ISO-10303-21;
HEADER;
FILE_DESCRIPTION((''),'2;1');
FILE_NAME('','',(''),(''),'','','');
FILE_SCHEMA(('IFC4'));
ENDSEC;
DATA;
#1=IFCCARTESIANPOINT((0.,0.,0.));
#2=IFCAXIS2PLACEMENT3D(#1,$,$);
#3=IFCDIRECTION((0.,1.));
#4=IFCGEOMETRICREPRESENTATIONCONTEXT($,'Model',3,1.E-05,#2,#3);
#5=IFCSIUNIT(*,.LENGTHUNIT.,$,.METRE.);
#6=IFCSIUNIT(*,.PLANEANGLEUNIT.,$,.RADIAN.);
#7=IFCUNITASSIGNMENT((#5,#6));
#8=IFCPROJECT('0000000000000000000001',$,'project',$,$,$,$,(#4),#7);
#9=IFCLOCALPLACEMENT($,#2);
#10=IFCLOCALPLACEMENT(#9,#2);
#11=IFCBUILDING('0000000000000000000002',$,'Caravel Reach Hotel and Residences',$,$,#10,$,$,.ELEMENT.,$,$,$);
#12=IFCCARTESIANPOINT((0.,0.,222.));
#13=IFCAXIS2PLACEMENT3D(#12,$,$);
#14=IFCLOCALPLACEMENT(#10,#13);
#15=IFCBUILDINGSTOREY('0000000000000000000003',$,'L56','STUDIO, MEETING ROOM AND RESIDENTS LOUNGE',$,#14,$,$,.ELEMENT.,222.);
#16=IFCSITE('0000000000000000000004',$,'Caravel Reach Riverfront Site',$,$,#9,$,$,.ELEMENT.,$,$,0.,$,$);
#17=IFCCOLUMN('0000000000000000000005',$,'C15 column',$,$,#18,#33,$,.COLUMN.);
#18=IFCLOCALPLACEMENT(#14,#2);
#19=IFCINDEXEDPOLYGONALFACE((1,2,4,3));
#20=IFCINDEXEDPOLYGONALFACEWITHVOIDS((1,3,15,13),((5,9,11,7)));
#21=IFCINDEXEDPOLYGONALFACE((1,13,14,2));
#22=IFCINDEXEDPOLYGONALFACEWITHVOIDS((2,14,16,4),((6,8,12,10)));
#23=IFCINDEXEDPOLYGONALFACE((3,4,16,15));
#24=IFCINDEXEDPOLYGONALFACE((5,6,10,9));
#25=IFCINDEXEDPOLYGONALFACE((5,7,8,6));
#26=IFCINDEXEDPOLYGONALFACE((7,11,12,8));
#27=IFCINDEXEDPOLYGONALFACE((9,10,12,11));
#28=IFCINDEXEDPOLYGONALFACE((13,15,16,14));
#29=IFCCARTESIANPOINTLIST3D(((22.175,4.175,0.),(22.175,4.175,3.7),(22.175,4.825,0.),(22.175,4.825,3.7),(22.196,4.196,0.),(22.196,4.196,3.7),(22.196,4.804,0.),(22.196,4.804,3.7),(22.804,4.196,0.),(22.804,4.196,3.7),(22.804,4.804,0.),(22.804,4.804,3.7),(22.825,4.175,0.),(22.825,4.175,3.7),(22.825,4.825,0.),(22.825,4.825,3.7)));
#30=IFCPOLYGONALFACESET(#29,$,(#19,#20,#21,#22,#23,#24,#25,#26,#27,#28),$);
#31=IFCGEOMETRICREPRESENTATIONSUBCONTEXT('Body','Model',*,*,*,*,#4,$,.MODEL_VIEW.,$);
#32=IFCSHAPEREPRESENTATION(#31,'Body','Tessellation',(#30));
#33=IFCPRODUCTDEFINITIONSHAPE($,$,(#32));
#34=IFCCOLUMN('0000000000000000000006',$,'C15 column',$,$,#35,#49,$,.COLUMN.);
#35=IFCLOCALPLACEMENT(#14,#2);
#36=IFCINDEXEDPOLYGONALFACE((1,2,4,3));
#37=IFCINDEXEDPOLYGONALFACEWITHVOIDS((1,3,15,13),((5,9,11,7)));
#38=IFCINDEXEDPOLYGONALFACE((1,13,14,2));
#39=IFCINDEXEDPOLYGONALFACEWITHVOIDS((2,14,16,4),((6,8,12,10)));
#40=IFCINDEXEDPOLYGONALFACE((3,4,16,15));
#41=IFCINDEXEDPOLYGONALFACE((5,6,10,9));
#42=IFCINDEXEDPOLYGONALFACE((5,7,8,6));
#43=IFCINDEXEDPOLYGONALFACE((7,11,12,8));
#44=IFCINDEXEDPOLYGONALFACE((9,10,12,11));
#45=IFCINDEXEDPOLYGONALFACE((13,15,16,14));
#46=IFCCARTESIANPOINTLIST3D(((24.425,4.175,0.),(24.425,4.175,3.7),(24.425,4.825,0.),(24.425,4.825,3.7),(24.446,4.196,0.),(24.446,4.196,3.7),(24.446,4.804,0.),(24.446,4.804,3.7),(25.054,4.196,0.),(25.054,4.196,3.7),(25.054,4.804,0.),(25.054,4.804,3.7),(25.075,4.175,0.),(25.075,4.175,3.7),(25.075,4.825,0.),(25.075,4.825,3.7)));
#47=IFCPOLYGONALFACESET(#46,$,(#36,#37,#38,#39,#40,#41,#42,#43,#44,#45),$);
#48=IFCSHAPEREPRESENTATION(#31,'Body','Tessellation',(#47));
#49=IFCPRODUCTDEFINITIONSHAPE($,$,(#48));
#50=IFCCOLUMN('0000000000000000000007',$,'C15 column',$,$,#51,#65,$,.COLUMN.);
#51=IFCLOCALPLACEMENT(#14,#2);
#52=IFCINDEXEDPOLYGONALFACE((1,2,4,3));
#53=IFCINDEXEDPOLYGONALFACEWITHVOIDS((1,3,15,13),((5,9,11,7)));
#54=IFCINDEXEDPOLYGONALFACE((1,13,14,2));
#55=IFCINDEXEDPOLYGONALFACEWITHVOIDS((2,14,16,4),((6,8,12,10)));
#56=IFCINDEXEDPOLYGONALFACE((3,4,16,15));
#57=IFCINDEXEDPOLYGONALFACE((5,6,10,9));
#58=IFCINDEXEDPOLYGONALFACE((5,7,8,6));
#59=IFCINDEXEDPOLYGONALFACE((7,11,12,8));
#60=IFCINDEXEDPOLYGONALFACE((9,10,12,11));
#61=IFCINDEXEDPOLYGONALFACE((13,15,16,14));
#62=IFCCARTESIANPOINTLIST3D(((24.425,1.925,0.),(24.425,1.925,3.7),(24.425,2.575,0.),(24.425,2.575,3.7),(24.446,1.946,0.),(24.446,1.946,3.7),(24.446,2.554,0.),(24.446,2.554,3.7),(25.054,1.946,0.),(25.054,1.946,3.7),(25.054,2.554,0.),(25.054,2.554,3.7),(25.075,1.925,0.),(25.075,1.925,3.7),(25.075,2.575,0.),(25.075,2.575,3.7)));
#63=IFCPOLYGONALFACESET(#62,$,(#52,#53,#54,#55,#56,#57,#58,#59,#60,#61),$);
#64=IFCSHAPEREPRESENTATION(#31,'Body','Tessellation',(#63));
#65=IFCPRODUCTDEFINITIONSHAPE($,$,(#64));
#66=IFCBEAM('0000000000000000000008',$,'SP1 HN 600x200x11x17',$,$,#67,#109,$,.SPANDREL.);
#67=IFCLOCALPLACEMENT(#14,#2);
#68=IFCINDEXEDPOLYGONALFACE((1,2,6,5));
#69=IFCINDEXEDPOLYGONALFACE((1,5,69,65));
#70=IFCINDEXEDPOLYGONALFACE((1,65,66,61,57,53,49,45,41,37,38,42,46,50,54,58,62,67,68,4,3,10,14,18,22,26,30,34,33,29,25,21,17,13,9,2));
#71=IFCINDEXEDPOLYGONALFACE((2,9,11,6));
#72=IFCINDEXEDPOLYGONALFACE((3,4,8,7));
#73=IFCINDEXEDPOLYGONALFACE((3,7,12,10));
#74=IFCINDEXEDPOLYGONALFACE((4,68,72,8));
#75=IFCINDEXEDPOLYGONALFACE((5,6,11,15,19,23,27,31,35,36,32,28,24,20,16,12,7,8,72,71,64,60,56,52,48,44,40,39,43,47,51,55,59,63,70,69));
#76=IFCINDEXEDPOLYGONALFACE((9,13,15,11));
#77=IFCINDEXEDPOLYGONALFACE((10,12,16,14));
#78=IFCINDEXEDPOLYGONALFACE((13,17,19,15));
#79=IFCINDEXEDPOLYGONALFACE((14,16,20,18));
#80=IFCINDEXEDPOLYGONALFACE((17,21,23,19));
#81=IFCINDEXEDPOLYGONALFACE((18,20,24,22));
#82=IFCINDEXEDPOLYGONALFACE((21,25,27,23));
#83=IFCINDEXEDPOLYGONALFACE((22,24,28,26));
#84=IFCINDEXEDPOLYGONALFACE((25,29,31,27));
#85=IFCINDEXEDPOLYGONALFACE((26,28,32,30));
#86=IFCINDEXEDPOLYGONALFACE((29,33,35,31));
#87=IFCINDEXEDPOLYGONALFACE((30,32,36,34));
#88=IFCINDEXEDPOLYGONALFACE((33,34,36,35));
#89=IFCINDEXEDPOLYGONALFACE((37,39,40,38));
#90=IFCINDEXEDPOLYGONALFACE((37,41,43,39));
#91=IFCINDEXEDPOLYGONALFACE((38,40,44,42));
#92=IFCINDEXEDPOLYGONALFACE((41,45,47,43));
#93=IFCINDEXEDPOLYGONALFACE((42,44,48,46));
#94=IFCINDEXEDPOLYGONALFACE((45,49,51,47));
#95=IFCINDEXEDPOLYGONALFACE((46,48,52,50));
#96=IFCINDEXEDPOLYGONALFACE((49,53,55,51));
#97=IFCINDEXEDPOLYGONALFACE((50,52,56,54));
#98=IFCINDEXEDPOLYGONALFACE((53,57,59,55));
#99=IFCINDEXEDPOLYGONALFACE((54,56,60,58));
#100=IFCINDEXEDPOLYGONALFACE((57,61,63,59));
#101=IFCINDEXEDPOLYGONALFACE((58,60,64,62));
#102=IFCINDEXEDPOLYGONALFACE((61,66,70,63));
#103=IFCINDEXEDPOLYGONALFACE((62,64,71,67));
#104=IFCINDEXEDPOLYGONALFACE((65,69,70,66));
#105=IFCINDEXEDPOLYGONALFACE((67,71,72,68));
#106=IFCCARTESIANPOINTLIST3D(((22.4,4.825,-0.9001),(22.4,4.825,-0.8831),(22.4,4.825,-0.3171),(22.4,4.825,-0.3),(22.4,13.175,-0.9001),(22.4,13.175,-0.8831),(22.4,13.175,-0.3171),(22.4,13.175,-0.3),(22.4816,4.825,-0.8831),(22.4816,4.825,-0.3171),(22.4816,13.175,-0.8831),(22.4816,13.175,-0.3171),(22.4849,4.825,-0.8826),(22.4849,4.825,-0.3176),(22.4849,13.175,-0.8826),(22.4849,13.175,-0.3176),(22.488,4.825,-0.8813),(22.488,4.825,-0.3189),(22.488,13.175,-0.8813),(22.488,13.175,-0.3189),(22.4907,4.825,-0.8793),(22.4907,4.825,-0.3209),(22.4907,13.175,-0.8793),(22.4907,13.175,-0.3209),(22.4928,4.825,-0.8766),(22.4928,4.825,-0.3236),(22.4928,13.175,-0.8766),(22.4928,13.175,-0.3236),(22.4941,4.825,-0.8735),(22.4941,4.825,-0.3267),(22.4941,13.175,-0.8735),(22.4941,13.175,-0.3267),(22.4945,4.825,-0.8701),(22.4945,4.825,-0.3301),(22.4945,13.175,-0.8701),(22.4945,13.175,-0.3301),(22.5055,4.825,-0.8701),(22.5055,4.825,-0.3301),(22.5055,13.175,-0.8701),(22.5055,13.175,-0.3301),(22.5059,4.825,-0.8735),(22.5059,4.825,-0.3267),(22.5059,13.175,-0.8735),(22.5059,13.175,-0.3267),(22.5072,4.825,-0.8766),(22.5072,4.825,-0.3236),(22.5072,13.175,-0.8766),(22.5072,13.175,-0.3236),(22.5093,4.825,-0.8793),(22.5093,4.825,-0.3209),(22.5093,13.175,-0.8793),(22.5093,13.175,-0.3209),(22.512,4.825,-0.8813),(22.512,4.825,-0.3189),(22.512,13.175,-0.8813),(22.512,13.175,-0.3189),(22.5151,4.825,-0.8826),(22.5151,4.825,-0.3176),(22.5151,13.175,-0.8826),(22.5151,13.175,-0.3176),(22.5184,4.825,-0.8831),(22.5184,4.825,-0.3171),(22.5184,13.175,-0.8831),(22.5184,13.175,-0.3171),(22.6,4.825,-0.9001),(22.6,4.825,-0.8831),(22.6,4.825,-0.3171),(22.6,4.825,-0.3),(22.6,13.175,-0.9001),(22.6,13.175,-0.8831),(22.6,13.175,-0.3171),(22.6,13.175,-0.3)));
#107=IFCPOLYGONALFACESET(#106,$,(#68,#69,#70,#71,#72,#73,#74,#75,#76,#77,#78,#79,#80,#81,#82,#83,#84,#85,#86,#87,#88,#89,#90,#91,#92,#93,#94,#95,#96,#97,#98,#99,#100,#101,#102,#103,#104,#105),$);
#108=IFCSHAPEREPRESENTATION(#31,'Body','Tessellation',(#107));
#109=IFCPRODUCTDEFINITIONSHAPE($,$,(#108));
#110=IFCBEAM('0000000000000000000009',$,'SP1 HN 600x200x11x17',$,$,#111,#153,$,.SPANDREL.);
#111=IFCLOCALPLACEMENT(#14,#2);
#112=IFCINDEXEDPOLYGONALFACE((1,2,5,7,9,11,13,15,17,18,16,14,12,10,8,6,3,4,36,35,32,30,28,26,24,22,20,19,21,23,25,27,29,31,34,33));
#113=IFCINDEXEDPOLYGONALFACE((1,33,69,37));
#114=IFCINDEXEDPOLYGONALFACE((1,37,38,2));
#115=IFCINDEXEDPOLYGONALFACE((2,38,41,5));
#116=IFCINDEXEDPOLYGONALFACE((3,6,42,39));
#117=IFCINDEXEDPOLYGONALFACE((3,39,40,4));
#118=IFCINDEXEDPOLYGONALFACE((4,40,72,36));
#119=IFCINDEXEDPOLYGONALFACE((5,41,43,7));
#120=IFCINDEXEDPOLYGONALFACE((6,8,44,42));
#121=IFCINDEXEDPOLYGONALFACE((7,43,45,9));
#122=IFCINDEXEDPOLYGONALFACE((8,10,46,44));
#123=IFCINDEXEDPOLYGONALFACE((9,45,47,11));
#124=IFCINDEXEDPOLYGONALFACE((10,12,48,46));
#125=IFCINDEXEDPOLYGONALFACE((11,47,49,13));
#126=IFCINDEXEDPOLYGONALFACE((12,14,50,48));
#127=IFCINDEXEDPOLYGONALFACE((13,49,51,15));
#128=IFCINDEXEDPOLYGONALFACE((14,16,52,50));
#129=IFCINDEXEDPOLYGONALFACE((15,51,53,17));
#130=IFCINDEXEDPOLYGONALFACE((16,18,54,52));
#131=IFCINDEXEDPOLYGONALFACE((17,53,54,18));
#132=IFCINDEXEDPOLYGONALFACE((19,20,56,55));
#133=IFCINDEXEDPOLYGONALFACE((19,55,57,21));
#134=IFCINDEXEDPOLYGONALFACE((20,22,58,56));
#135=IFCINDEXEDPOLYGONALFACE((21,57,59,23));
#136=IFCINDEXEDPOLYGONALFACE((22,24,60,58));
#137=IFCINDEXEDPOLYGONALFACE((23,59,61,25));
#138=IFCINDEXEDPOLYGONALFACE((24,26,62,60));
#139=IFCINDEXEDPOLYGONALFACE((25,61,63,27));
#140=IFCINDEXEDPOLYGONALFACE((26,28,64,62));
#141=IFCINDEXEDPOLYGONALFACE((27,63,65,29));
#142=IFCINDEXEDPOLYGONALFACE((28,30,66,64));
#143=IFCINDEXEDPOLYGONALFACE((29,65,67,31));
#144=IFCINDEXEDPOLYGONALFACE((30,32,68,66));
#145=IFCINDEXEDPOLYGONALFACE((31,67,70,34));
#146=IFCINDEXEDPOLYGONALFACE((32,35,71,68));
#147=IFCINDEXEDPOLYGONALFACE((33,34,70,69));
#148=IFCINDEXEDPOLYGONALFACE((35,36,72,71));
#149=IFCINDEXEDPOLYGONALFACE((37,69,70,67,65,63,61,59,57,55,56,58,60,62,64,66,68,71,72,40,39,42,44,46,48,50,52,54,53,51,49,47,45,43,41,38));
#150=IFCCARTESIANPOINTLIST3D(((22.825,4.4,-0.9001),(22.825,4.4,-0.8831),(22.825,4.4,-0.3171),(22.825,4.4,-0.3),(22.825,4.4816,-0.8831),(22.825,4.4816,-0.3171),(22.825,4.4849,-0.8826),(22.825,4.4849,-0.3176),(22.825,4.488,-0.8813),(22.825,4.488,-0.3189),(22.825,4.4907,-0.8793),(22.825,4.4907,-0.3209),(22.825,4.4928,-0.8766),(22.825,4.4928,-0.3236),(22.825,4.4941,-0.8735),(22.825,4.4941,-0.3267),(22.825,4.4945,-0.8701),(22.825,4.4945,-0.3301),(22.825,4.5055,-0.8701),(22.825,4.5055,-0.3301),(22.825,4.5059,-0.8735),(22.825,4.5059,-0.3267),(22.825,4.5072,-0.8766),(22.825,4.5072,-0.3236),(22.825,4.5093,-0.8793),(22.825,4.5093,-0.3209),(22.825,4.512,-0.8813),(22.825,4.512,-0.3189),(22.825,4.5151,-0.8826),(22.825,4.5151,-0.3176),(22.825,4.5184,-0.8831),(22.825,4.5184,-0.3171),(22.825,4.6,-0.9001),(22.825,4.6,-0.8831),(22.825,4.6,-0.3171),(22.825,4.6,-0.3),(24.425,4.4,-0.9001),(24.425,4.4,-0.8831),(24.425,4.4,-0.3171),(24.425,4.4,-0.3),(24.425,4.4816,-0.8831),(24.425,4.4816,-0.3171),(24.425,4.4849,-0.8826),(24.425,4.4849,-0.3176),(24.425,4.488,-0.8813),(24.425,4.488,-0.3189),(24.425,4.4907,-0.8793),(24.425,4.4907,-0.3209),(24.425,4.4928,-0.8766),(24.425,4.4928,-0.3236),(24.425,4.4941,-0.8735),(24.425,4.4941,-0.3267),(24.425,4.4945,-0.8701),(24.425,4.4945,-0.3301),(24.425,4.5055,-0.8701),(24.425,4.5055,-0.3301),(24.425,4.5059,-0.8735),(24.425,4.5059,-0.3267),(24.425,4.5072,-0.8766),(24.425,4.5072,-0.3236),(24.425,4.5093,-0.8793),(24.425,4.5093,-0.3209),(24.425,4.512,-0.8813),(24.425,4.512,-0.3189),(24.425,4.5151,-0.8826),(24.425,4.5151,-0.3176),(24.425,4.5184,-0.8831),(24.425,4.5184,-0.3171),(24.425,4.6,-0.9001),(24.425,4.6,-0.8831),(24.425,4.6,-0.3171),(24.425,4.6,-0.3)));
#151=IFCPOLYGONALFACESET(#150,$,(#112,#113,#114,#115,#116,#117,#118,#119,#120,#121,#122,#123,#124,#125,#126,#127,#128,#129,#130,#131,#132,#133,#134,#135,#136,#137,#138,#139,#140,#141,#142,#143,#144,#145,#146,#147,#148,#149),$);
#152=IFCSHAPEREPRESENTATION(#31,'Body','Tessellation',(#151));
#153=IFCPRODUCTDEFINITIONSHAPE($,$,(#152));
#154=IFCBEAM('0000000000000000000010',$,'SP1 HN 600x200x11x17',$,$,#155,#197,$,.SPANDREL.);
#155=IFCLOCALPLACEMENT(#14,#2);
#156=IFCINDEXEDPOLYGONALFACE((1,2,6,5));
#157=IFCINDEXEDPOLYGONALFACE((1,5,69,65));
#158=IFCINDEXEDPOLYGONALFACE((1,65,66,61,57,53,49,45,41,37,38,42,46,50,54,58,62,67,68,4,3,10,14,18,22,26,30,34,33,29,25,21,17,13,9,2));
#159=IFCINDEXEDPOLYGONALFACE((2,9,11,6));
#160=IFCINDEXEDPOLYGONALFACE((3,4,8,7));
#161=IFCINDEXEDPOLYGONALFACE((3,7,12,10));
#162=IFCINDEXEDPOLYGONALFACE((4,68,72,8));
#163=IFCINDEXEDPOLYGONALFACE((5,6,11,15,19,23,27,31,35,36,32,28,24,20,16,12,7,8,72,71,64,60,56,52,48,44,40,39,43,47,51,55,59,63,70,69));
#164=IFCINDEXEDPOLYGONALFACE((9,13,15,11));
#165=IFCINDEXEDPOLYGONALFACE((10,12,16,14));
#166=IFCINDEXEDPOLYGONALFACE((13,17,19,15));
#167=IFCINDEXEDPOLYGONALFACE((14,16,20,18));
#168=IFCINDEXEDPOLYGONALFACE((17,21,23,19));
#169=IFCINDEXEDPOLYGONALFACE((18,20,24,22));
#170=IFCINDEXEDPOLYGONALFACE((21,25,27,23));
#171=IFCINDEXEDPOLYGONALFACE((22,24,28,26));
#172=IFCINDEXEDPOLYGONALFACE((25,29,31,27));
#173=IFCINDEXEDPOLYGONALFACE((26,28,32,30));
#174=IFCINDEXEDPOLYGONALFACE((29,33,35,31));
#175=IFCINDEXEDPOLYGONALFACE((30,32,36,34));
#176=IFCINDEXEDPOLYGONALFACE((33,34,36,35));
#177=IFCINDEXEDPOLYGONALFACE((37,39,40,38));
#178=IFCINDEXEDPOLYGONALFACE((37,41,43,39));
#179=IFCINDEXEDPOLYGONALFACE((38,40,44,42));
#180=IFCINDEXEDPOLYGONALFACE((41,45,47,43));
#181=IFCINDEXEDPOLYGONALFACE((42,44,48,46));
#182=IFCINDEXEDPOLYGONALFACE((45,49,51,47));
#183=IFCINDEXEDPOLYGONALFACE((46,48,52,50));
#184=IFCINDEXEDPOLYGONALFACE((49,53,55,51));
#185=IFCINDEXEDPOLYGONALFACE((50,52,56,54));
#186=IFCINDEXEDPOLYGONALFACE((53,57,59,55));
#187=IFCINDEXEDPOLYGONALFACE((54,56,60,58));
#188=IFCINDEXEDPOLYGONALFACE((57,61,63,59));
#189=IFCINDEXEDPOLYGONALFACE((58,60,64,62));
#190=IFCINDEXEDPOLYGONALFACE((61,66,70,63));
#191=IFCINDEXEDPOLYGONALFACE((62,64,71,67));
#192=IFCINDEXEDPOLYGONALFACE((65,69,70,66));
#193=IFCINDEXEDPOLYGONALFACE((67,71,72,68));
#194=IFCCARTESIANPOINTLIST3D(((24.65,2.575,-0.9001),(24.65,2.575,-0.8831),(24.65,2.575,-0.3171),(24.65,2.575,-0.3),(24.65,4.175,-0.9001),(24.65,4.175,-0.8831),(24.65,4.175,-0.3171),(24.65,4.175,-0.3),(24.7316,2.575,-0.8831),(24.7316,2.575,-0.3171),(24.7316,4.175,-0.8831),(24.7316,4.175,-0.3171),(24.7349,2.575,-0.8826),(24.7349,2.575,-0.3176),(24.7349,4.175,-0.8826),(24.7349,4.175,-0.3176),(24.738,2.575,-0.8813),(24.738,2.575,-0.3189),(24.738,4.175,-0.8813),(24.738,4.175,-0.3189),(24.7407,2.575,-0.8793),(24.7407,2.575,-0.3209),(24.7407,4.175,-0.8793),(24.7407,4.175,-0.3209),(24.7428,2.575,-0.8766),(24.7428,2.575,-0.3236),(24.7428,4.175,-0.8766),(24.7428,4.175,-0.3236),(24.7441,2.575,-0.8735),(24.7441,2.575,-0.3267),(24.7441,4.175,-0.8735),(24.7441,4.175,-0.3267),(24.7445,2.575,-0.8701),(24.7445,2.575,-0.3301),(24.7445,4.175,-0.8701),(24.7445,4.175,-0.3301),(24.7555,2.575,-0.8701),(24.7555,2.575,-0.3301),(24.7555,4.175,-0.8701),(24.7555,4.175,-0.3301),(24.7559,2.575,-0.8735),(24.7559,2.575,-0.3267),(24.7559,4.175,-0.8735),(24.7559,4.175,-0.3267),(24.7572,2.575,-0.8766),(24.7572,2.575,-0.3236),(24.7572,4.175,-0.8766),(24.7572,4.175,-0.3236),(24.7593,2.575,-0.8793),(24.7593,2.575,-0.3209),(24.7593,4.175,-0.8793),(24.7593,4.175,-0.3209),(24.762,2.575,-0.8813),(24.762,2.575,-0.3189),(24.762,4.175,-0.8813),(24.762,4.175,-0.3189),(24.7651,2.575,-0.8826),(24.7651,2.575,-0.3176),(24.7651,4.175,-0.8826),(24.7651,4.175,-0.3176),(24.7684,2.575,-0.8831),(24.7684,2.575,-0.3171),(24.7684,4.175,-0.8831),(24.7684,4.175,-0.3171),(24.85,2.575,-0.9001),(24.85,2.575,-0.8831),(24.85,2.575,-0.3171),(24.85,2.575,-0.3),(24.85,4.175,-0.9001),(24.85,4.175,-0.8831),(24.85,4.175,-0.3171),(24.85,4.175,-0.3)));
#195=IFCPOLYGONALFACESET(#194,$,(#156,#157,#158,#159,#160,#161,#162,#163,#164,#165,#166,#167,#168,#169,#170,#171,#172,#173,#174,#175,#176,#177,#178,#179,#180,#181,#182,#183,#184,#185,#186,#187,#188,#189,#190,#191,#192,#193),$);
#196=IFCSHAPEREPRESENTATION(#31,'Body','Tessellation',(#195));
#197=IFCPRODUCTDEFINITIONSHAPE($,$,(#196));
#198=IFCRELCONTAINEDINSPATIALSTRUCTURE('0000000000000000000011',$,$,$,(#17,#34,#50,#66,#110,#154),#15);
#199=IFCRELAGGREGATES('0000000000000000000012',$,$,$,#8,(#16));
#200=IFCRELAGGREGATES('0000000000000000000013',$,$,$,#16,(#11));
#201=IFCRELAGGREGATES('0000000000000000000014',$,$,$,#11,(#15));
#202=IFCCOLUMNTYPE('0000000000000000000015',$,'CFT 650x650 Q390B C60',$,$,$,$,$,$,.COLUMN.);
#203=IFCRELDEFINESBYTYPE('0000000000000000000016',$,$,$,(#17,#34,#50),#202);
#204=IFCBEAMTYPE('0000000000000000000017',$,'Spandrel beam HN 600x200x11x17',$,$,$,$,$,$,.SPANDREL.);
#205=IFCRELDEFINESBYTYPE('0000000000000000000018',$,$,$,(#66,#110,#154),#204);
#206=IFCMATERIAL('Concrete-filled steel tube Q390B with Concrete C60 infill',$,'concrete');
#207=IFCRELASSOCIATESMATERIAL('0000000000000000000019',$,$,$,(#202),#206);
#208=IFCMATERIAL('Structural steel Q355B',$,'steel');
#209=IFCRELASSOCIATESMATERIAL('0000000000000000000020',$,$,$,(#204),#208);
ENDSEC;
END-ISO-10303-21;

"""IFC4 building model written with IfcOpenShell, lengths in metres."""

from ifc_helpers import new_model, si_unit, direction, frame, origin, origin_2d, place, context, subcontext, project, spatial, hollow_rectangle, i_section, extrude, material, material_profile, profile_set, type_object, element, save


model = new_model("IFC4")

# Units and contexts
model_context = context("Model", 3, precision=1e-05, world=origin(), true_north=direction((0.0, 1.0)))
body_context = subcontext(model_context, "Body", "Model", "MODEL_VIEW")
ifc_project = project(units=[si_unit("LENGTHUNIT", "METRE"), si_unit("PLANEANGLEUNIT", "RADIAN")], contexts=[model_context])

# Site, building, storey
site_placement = place(None, origin())
site = spatial("IfcSite", under=ifc_project, at=site_placement, Name="Caravel Reach Riverfront Site", CompositionType="ELEMENT", RefElevation=0.0)
building_placement = place(site_placement, origin())
building = spatial("IfcBuilding", under=site, at=building_placement, Name="Caravel Reach Hotel and Residences", CompositionType="ELEMENT")
storey_placement = place(building_placement, frame((0.0, 0.0, 222.0)))
storey = spatial("IfcBuildingStorey", under=building, at=storey_placement, Name="L56", Description="STUDIO, MEETING ROOM AND RESIDENTS LOUNGE", CompositionType="ELEMENT", Elevation=222.0)

# Columns
ifc_material_1 = material(Name="Concrete-filled steel tube Q390B with Concrete C60 infill", Category="concrete")
ifc_material_profile_1 = material_profile(ifc_material_1, hollow_rectangle(XDim=0.6499, YDim=0.6499, WallThickness=0.021, at=origin_2d()), Name="RHS 650x650x21")
ifc_profile_set_1 = profile_set([ifc_material_profile_1], Name="Concrete-filled steel tube Q390B with Concrete C60 infill")
column_type = type_object("IfcColumnType", Name="CFT 650x650 Q390B C60", PredefinedType="COLUMN", material=ifc_profile_set_1)
for number, where, z_axis, x_axis, name in (
    (1, (22.5, 4.5, 0.0), (0.0, 0.0, 1.0), (1.0, 0.0, 0.0), "C15 column"),
    (2, (24.75, 4.5, 0.0), (0.0, 0.0, 1.0), (1.0, 0.0, 0.0), "C15 column"),
    (3, (24.75, 2.25, 0.0), (0.0, 0.0, 1.0), (1.0, 0.0, 0.0), "C15 column"),
):
    element("IfcColumn", number, at=place(storey_placement, frame(where, z_axis=z_axis, x_axis=x_axis)), inside=storey, type_object=column_type, Name=name, PredefinedType="COLUMN", context=body_context, shape_type="SweptSolid", body=[
        extrude(hollow_rectangle(XDim=0.6499, YDim=0.6499, WallThickness=0.021, at=origin_2d()), origin(), (0.0, 0.0, 1.0), 3.7),
    ])

# Beams
ifc_material_2 = material(Name="Structural steel Q355B", Category="steel")
ifc_material_profile_2 = material_profile(ifc_material_2, i_section(OverallWidth=0.2, OverallDepth=0.6001, WebThickness=0.011, FlangeThickness=0.0171, FilletRadius=0.0129, at=origin_2d()), Name="HN 600x200x11x17")
ifc_profile_set_2 = profile_set([ifc_material_profile_2], Name="Structural steel Q355B")
beam_type = type_object("IfcBeamType", Name="Spandrel beam HN 600x200x11x17", PredefinedType="SPANDREL", material=ifc_profile_set_2)
beam_placement = place(storey_placement, frame((22.5, 13.175, -0.6001), z_axis=(0.0, -1.0, 0.0), x_axis=(1.0, 0.0, 0.0)))
element("IfcBeam", 4, at=beam_placement, inside=storey, type_object=beam_type, Name="SP1 HN 600x200x11x17", PredefinedType="SPANDREL", context=body_context, shape_type="SweptSolid", body=[
    extrude(i_section(OverallWidth=0.2, OverallDepth=0.6001, WebThickness=0.011, FlangeThickness=0.0171, FilletRadius=0.0129, at=origin_2d()), origin(), (0.0, 0.0, 1.0), 8.3501),
])
for number, where, z_axis, x_axis, name in (
    (5, (22.825, 4.5, -0.6001), (1.0, 0.0, 0.0), (0.0, 1.0, 0.0), "SP1 HN 600x200x11x17"),
    (6, (24.75, 4.175, -0.6001), (0.0, -1.0, 0.0), (1.0, 0.0, 0.0), "SP1 HN 600x200x11x17"),
):
    element("IfcBeam", number, at=place(storey_placement, frame(where, z_axis=z_axis, x_axis=x_axis)), inside=storey, type_object=beam_type, Name=name, PredefinedType="SPANDREL", context=body_context, shape_type="SweptSolid", body=[
        extrude(i_section(OverallWidth=0.2, OverallDepth=0.6001, WebThickness=0.011, FlangeThickness=0.0171, FilletRadius=0.0129, at=origin_2d()), origin(), (0.0, 0.0, 1.0), 1.6001),
    ])

save(model, "model.ifc")
